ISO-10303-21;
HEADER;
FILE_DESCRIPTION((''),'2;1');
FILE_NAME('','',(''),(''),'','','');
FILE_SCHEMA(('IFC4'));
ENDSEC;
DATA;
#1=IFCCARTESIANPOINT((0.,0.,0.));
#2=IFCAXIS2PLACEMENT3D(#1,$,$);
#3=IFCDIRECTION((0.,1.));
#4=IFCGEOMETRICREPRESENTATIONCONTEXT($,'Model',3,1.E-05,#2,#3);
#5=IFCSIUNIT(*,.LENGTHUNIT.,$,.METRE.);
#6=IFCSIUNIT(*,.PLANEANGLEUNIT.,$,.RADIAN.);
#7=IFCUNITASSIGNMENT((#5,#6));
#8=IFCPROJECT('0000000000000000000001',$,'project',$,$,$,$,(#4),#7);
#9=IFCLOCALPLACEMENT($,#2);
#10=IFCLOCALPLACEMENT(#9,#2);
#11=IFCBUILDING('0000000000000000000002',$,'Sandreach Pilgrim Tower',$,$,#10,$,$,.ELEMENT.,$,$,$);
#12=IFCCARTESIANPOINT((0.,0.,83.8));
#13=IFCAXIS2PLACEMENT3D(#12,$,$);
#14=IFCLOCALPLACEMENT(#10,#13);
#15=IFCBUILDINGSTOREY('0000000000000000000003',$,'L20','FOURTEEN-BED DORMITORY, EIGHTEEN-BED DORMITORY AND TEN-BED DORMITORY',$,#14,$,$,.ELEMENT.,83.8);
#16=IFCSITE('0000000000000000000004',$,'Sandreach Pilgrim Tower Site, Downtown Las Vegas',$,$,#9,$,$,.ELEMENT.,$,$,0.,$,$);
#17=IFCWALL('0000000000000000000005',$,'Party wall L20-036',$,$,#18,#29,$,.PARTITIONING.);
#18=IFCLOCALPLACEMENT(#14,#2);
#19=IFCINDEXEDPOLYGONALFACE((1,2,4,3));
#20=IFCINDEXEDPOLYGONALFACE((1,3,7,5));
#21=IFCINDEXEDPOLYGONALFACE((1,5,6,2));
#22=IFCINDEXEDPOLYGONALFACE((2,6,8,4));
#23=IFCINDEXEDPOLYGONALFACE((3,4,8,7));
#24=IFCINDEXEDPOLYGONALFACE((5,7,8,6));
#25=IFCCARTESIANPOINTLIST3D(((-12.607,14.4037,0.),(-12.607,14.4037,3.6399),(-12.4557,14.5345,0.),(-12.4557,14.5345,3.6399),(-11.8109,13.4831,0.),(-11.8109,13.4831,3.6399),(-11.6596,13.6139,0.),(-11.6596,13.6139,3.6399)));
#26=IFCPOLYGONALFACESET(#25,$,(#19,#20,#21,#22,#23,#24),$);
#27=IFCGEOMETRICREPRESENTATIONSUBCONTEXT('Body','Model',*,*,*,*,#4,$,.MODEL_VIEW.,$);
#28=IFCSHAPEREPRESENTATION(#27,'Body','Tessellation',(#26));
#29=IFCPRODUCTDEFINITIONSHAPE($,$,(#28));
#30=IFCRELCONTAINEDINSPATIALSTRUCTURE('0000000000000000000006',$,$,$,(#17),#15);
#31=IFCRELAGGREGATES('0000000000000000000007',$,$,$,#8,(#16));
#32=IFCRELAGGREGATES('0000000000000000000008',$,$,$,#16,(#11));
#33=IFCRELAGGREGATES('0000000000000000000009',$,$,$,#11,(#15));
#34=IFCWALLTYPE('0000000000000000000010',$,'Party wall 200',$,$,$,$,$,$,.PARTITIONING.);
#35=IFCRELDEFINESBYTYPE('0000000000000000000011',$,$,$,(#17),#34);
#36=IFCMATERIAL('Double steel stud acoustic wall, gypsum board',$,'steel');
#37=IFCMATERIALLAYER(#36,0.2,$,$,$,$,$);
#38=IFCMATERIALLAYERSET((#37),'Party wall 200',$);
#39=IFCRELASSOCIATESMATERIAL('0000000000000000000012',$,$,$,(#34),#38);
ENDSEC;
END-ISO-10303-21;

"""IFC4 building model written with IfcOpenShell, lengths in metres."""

from ifc_helpers import new_model, si_unit, direction, frame, frame_2d, origin, place, context, subcontext, project, spatial, rectangle, extrude, material, layer, layer_set, type_object, element, save


model = new_model("IFC4")

# Units and contexts
model_context = context("Model", 3, precision=1e-05, world=origin(), true_north=direction((0.0, 1.0)))
body_context = subcontext(model_context, "Body", "Model", "MODEL_VIEW")
ifc_project = project(units=[si_unit("LENGTHUNIT", "METRE"), si_unit("PLANEANGLEUNIT", "RADIAN")], contexts=[model_context])

# Site, building, storey
site_placement = place(None, origin())
site = spatial("IfcSite", under=ifc_project, at=site_placement, Name="Sandreach Pilgrim Tower Site, Downtown Las Vegas", CompositionType="ELEMENT", RefElevation=0.0)
building_placement = place(site_placement, origin())
building = spatial("IfcBuilding", under=site, at=building_placement, Name="Sandreach Pilgrim Tower", CompositionType="ELEMENT")
storey_placement = place(building_placement, frame((0.0, 0.0, 83.8)))
storey = spatial("IfcBuildingStorey", under=building, at=storey_placement, Name="L20", Description="FOURTEEN-BED DORMITORY, EIGHTEEN-BED DORMITORY AND TEN-BED DORMITORY", CompositionType="ELEMENT", Elevation=83.8)

# Wall
ifc_material_1 = material(Name="Double steel stud acoustic wall, gypsum board", Category="steel")
ifc_layer_1 = layer(ifc_material_1, 0.2)
ifc_layer_set_1 = layer_set([ifc_layer_1], Name="Party wall 200")
wall_type_1 = type_object("IfcWallType", Name="Party wall 200", PredefinedType="PARTITIONING", material=ifc_layer_set_1)
wall_1_placement = place(storey_placement, frame((-12.5312, 14.469, 0.0), z_axis=(0.0, 0.0, 1.0), x_axis=(0.654105, -0.756403, 0.0)))
element("IfcWall", 1, at=wall_1_placement, inside=storey, type_object=wall_type_1, Name="Party wall L20-036", PredefinedType="PARTITIONING", context=body_context, shape_type="SweptSolid", body=[
    extrude(rectangle(XDim=1.217, YDim=0.2, at=frame_2d((0.6084, 0.0))), origin(), (0.0, 0.0, 1.0), 3.6399),
])

save(model, "model.ifc")
